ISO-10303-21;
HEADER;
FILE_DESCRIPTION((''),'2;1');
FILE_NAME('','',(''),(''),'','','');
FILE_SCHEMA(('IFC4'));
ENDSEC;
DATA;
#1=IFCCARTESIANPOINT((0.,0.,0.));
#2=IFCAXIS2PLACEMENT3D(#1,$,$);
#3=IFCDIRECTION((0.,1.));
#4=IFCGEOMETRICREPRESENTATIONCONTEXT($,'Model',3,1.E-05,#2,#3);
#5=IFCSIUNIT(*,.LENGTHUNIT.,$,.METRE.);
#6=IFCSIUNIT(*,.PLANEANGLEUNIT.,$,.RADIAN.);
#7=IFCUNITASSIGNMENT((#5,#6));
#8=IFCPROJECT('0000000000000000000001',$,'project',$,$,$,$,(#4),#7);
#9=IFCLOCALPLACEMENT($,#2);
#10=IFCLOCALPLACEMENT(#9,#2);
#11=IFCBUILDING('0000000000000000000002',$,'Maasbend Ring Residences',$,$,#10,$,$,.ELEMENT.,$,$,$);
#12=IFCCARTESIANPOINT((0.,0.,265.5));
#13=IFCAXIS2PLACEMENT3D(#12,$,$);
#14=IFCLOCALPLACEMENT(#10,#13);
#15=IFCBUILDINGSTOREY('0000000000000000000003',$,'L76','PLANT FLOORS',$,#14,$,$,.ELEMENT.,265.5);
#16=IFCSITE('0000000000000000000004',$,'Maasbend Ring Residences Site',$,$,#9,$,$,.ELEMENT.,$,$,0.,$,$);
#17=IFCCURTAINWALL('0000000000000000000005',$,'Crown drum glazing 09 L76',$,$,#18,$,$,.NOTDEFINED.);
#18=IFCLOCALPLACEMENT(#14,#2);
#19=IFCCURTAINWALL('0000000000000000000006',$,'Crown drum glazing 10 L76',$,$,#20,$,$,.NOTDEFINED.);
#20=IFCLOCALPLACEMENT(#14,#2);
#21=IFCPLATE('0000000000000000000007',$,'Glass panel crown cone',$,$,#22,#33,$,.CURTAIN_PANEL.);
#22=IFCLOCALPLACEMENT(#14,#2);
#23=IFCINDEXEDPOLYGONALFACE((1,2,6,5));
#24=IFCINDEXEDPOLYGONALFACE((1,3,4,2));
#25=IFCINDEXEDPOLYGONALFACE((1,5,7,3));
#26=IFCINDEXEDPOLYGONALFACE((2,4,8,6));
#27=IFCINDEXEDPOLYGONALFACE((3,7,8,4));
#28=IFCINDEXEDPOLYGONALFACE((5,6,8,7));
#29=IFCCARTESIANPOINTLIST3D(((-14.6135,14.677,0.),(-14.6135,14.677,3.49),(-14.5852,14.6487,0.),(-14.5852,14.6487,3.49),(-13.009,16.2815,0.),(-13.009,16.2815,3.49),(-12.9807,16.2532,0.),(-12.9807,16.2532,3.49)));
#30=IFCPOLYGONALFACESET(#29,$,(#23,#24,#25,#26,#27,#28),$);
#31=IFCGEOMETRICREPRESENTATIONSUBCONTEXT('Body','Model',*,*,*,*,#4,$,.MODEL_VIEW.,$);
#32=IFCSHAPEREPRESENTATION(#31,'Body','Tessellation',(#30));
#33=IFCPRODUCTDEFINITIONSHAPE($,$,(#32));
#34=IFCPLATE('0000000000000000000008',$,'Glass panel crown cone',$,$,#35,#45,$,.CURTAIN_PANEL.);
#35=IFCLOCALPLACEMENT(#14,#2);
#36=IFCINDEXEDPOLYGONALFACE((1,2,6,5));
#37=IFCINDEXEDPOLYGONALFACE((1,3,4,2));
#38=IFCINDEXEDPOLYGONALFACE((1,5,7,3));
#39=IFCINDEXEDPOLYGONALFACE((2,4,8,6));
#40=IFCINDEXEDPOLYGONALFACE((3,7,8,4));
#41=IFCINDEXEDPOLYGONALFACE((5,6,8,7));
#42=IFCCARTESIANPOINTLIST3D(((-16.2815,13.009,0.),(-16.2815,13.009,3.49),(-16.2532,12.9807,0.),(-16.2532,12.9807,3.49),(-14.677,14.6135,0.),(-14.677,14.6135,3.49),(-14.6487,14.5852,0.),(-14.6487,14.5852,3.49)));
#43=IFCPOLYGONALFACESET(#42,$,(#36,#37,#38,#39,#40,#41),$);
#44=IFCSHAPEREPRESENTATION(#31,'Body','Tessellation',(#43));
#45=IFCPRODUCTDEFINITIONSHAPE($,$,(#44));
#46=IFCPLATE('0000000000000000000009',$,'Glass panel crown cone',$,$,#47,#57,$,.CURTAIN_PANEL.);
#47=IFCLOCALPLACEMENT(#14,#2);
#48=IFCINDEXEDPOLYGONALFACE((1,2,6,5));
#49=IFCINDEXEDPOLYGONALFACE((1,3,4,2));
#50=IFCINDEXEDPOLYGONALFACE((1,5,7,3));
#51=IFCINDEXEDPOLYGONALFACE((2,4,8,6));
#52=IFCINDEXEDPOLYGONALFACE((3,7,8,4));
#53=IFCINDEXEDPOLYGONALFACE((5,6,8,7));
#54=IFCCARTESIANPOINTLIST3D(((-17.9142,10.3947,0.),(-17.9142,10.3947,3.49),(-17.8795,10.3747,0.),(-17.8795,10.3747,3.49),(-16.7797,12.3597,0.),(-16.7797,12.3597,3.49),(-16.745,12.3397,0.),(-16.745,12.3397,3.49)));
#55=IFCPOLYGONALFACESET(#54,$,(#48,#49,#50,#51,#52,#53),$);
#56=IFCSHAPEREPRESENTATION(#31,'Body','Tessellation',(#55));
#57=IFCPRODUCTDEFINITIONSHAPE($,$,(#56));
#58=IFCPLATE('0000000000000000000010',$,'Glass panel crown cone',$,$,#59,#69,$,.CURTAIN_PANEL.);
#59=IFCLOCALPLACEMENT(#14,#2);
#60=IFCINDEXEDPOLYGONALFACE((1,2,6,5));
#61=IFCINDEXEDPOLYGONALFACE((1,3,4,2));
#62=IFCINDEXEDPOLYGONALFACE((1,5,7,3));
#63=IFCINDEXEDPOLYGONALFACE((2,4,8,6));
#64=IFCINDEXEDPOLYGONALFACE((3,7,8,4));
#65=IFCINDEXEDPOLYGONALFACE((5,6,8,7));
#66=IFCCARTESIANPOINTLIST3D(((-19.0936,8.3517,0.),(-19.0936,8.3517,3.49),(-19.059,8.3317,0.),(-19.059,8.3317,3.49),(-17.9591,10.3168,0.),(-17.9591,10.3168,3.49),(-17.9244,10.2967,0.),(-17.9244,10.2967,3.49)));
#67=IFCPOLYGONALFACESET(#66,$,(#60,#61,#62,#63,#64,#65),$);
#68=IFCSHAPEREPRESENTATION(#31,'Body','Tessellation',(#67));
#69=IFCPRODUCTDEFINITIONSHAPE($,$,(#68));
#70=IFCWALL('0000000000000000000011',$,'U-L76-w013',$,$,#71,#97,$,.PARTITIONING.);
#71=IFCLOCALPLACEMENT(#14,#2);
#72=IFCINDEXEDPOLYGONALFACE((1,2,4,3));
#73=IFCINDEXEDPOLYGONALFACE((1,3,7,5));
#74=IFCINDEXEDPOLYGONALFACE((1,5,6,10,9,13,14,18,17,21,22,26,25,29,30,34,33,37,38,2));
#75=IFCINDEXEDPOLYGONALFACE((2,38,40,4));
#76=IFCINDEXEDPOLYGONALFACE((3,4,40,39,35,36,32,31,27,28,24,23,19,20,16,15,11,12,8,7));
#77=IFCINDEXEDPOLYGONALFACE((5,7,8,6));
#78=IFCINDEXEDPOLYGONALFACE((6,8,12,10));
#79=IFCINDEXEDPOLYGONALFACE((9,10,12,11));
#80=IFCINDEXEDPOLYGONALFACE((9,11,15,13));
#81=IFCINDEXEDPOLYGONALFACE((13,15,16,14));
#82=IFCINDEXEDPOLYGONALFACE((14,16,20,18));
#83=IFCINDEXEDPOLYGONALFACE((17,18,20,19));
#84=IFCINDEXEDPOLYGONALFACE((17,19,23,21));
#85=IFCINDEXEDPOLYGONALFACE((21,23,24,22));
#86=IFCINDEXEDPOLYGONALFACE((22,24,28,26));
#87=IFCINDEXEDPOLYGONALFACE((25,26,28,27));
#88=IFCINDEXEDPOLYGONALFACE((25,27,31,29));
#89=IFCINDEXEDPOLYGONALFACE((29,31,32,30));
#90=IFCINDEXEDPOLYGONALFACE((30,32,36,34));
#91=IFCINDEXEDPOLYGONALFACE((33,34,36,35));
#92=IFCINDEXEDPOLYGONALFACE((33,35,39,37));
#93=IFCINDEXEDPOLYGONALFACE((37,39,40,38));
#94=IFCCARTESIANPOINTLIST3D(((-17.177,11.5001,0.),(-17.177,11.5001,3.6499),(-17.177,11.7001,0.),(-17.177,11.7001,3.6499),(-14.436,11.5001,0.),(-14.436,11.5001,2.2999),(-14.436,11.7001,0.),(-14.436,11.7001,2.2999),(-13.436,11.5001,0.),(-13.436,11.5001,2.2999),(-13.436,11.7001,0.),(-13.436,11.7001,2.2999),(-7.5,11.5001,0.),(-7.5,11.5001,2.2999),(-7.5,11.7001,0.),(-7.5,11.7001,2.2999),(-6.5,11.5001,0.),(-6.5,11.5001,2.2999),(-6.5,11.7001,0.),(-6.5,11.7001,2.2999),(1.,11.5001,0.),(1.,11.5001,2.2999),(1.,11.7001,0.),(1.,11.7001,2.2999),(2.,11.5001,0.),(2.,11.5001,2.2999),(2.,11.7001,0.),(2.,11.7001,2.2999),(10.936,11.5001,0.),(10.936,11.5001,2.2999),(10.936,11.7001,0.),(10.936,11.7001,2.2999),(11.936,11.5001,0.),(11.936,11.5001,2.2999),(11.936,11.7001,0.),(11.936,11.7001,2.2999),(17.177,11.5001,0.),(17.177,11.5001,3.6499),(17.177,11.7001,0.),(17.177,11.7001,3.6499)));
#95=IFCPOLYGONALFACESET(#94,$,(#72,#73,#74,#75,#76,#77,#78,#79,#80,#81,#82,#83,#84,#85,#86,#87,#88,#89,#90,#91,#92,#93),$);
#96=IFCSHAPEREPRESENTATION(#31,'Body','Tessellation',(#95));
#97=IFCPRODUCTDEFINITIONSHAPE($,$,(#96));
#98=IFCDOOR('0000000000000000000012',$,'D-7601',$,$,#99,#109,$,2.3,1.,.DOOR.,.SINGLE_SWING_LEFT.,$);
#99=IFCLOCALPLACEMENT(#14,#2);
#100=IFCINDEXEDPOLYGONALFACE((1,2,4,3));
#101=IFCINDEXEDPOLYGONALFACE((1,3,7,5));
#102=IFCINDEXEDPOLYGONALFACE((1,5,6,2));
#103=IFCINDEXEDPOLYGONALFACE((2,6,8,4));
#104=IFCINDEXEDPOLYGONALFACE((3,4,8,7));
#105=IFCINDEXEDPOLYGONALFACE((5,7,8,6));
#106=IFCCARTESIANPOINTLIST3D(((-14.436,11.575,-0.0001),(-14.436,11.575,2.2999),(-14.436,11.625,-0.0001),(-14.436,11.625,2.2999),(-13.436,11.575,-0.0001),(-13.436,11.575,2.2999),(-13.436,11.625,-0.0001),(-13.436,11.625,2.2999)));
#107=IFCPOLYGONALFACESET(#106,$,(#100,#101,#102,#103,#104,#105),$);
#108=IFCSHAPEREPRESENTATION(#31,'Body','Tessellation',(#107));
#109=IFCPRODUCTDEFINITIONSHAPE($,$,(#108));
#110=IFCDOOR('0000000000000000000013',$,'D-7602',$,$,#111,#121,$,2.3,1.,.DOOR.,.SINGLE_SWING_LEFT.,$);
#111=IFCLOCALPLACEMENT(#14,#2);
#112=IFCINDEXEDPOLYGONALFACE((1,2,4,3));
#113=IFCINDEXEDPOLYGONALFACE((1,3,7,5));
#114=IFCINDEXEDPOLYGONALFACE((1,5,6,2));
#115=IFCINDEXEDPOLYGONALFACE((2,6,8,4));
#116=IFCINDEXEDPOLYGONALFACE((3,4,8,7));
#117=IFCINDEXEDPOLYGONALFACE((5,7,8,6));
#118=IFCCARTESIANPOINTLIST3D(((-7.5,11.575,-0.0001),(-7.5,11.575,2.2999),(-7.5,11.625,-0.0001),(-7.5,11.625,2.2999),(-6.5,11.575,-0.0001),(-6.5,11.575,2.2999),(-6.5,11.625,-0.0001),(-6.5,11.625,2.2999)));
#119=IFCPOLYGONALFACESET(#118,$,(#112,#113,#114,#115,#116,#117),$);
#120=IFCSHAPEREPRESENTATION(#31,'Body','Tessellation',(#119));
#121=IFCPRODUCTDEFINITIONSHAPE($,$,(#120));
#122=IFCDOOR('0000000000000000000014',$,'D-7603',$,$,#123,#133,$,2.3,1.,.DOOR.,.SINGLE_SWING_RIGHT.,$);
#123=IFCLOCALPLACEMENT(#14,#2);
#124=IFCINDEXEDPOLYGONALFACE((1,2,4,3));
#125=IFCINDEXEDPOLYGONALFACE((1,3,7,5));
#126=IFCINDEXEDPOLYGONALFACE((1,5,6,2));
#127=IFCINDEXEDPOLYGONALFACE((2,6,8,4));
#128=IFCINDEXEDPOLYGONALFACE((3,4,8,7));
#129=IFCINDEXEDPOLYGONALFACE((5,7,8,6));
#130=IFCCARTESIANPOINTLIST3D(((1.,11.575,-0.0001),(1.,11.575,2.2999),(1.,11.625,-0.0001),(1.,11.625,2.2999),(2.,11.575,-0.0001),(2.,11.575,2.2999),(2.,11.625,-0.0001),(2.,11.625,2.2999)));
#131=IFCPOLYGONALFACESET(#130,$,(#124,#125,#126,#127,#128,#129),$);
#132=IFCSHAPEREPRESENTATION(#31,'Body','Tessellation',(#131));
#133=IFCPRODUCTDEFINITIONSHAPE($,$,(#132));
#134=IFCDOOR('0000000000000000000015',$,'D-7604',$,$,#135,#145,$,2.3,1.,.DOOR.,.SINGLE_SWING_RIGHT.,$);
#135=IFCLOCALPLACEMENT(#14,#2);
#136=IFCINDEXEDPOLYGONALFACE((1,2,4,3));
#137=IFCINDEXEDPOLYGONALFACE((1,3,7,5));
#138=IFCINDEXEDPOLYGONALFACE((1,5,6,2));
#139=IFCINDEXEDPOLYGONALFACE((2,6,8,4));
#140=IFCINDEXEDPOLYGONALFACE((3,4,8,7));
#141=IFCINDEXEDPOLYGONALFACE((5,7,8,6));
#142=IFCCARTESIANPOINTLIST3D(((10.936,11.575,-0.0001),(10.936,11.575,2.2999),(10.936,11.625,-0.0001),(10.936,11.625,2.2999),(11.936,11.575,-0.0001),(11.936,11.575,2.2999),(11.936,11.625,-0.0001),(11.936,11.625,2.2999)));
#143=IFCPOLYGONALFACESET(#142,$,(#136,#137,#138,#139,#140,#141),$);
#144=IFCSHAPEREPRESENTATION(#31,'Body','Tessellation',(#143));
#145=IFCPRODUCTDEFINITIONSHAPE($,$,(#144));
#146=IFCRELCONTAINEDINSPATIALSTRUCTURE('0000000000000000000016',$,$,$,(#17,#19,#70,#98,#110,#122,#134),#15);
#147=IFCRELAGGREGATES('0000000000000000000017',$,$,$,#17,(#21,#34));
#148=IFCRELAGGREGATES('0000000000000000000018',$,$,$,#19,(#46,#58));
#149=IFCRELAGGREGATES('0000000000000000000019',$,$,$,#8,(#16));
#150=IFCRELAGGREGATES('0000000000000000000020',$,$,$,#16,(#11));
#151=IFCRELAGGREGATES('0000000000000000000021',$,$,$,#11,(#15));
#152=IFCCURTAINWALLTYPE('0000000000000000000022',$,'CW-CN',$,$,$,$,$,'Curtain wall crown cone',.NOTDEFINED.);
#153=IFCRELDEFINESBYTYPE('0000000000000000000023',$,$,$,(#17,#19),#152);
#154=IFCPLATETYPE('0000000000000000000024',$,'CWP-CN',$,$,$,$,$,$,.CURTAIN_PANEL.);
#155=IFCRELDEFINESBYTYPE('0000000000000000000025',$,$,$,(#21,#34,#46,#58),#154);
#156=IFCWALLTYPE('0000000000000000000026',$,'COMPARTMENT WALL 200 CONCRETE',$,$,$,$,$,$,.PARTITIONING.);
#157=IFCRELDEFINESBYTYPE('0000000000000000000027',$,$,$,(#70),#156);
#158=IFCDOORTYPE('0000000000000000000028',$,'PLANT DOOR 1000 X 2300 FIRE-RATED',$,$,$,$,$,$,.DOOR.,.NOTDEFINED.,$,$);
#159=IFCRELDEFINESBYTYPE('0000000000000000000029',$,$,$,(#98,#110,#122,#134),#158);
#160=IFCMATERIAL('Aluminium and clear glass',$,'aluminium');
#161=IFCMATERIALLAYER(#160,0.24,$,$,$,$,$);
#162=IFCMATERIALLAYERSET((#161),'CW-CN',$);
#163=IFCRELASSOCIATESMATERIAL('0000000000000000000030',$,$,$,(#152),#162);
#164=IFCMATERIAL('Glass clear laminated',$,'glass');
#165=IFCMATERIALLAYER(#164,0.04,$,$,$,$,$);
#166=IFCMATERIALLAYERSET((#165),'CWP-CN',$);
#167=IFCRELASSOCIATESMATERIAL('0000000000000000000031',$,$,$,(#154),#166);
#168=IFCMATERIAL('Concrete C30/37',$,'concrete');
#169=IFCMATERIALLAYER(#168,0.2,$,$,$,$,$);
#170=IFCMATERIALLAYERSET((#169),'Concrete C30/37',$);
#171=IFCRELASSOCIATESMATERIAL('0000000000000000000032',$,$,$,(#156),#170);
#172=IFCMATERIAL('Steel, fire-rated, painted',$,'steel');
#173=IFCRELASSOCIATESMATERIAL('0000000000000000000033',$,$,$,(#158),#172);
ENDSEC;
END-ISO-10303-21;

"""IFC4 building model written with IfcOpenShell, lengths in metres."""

from ifc_helpers import new_model, si_unit, direction, frame, frame_2d, origin, origin_2d, place, context, subcontext, project, spatial, rectangle, extrude, material, layer, layer_set, type_object, element, fill, aggregate, save


model = new_model("IFC4")

# Units and contexts
model_context = context("Model", 3, precision=1e-05, world=origin(), true_north=direction((0.0, 1.0)))
body_context = subcontext(model_context, "Body", "Model", "MODEL_VIEW")
ifc_project = project(units=[si_unit("LENGTHUNIT", "METRE"), si_unit("PLANEANGLEUNIT", "RADIAN")], contexts=[model_context])

# Site, building, storey
site_placement = place(None, origin())
site = spatial("IfcSite", under=ifc_project, at=site_placement, Name="Maasbend Ring Residences Site", CompositionType="ELEMENT", RefElevation=0.0)
building_placement = place(site_placement, origin())
building = spatial("IfcBuilding", under=site, at=building_placement, Name="Maasbend Ring Residences", CompositionType="ELEMENT")
storey_placement = place(building_placement, frame((0.0, 0.0, 265.5)))
storey = spatial("IfcBuildingStorey", under=building, at=storey_placement, Name="L76", Description="PLANT FLOORS", CompositionType="ELEMENT", Elevation=265.5)

# Shared definitions
ifc_material_1 = material(Name="Aluminium and clear glass", Category="aluminium")
ifc_layer_1 = layer(ifc_material_1, 0.24)
ifc_layer_set_1 = layer_set([ifc_layer_1], Name="CW-CN")
curtain_wall_type = type_object("IfcCurtainWallType", Name="CW-CN", ElementType="Curtain wall crown cone", PredefinedType="NOTDEFINED", material=ifc_layer_set_1)

# Curtain walls
curtain_wall_1_placement = place(storey_placement, origin())
curtain_wall_1 = element("IfcCurtainWall", 1, at=curtain_wall_1_placement, inside=storey, type_object=curtain_wall_type, Name="Crown drum glazing 09 L76", PredefinedType="NOTDEFINED")
curtain_wall_2_placement = place(storey_placement, origin())
curtain_wall_2 = element("IfcCurtainWall", 2, at=curtain_wall_2_placement, inside=storey, type_object=curtain_wall_type, Name="Crown drum glazing 10 L76", PredefinedType="NOTDEFINED")

# Plates
ifc_material_2 = material(Name="Glass clear laminated", Category="glass")
ifc_layer_2 = layer(ifc_material_2, 0.04)
ifc_layer_set_2 = layer_set([ifc_layer_2], Name="CWP-CN")
plate_type = type_object("IfcPlateType", Name="CWP-CN", PredefinedType="CURTAIN_PANEL", material=ifc_layer_set_2)
plate_1_placement = place(storey_placement, frame((-13.7971, 15.4651, 0.0), z_axis=(0.0, 0.0, 1.0), x_axis=(-0.707107, -0.707107, 0.0)))
plate_1 = element("IfcPlate", 3, at=plate_1_placement, type_object=plate_type, Name="Glass panel crown cone", PredefinedType="CURTAIN_PANEL", context=body_context, shape_type="SweptSolid", body=[
    extrude(rectangle(XDim=2.269, YDim=0.04, at=origin_2d()), origin(), (0.0, 0.0, 1.0), 3.49),
])
plate_2_placement = place(storey_placement, frame((-15.4651, 13.7971, 0.0), z_axis=(0.0, 0.0, 1.0), x_axis=(-0.707107, -0.707107, 0.0)))
plate_2 = element("IfcPlate", 4, at=plate_2_placement, type_object=plate_type, Name="Glass panel crown cone", PredefinedType="CURTAIN_PANEL", context=body_context, shape_type="SweptSolid", body=[
    extrude(rectangle(XDim=2.269, YDim=0.04, at=origin_2d()), origin(), (0.0, 0.0, 1.0), 3.49),
])
aggregate(curtain_wall_1, [plate_1, plate_2])
plate_3_placement = place(storey_placement, frame((-17.3296, 11.3672, 0.0), z_axis=(0.0, 0.0, 1.0), x_axis=(-0.5, -0.866025, 0.0)))
plate_3 = element("IfcPlate", 5, at=plate_3_placement, type_object=plate_type, Name="Glass panel crown cone", PredefinedType="CURTAIN_PANEL", context=body_context, shape_type="SweptSolid", body=[
    extrude(rectangle(XDim=2.269, YDim=0.04, at=origin_2d()), origin(), (0.0, 0.0, 1.0), 3.49),
])
plate_4_placement = place(storey_placement, frame((-18.509, 9.3242, 0.0), z_axis=(0.0, 0.0, 1.0), x_axis=(-0.5, -0.866025, 0.0)))
plate_4 = element("IfcPlate", 6, at=plate_4_placement, type_object=plate_type, Name="Glass panel crown cone", PredefinedType="CURTAIN_PANEL", context=body_context, shape_type="SweptSolid", body=[
    extrude(rectangle(XDim=2.269, YDim=0.04, at=origin_2d()), origin(), (0.0, 0.0, 1.0), 3.49),
])
aggregate(curtain_wall_2, [plate_3, plate_4])

# Wall, openings, doors
ifc_material_3 = material(Name="Concrete C30/37", Category="concrete")
ifc_layer_3 = layer(ifc_material_3, 0.2)
ifc_layer_set_3 = layer_set([ifc_layer_3], Name="Concrete C30/37")
wall_type = type_object("IfcWallType", Name="COMPARTMENT WALL 200 CONCRETE", PredefinedType="PARTITIONING", material=ifc_layer_set_3)
wall_placement = place(storey_placement, frame((-17.177, 11.6001, 0.0), z_axis=(0.0, 0.0, 1.0), x_axis=(1.0, 0.0, 0.0)))
wall = element("IfcWall", 7, at=wall_placement, inside=storey, type_object=wall_type, Name="U-L76-w013", PredefinedType="PARTITIONING", context=body_context, shape_type="SweptSolid", body=[
    extrude(rectangle(XDim=34.354, YDim=0.2, at=frame_2d((17.177, 0.0))), origin(), (0.0, 0.0, 1.0), 3.6499),
])
opening_1_placement = place(wall_placement, frame((2.741, 0.0, 0.0)))
opening_1 = element("IfcOpeningElement", 8, at=opening_1_placement, cuts=wall, PredefinedType="OPENING", context=body_context, shape_type="SweptSolid", body=[
    extrude(rectangle(XDim=1.0, YDim=2.3, at=frame_2d((0.5, 1.1499))), frame((0.0, 0.1099, 0.0), z_axis=(0.0, -1.0, 0.0), x_axis=(1.0, 0.0, 0.0)), (0.0, 0.0, 1.0), 0.22),
])
opening_2_placement = place(wall_placement, frame((9.677, 0.0, 0.0)))
opening_2 = element("IfcOpeningElement", 9, at=opening_2_placement, cuts=wall, PredefinedType="OPENING", context=body_context, shape_type="SweptSolid", body=[
    extrude(rectangle(XDim=1.0, YDim=2.3, at=frame_2d((0.5, 1.1499))), frame((0.0, 0.1099, 0.0), z_axis=(0.0, -1.0, 0.0), x_axis=(1.0, 0.0, 0.0)), (0.0, 0.0, 1.0), 0.22),
])
opening_3_placement = place(wall_placement, frame((18.177, 0.0, 0.0)))
opening_3 = element("IfcOpeningElement", 10, at=opening_3_placement, cuts=wall, PredefinedType="OPENING", context=body_context, shape_type="SweptSolid", body=[
    extrude(rectangle(XDim=1.0, YDim=2.3, at=frame_2d((0.5, 1.1499))), frame((0.0, 0.1099, 0.0), z_axis=(0.0, -1.0, 0.0), x_axis=(1.0, 0.0, 0.0)), (0.0, 0.0, 1.0), 0.22),
])
opening_4_placement = place(wall_placement, frame((28.113, 0.0, 0.0)))
opening_4 = element("IfcOpeningElement", 11, at=opening_4_placement, cuts=wall, PredefinedType="OPENING", context=body_context, shape_type="SweptSolid", body=[
    extrude(rectangle(XDim=1.0, YDim=2.3, at=frame_2d((0.5, 1.1499))), frame((0.0, 0.1099, 0.0), z_axis=(0.0, -1.0, 0.0), x_axis=(1.0, 0.0, 0.0)), (0.0, 0.0, 1.0), 0.22),
])
ifc_material_4 = material(Name="Steel, fire-rated, painted", Category="steel")
door_type = type_object("IfcDoorType", Name="PLANT DOOR 1000 X 2300 FIRE-RATED", OperationType="NOTDEFINED", PredefinedType="DOOR", material=ifc_material_4)
door_1_placement = place(opening_1_placement, origin())
door_1 = element("IfcDoor", 12, at=door_1_placement, inside=storey, type_object=door_type, Name="D-7601", OperationType="SINGLE_SWING_LEFT", OverallHeight=2.3, OverallWidth=1.0, PredefinedType="DOOR", context=body_context, shape_type="SweptSolid", body=[
    extrude(rectangle(XDim=1.0, YDim=2.3, at=frame_2d((0.5, 1.1499))), frame((0.0, 0.0249, 0.0), z_axis=(0.0, -1.0, 0.0), x_axis=(1.0, 0.0, 0.0)), (0.0, 0.0, 1.0), 0.05),
])
fill(opening_1, door_1)
door_2_placement = place(opening_2_placement, origin())
door_2 = element("IfcDoor", 13, at=door_2_placement, inside=storey, type_object=door_type, Name="D-7602", OperationType="SINGLE_SWING_LEFT", OverallHeight=2.3, OverallWidth=1.0, PredefinedType="DOOR", context=body_context, shape_type="SweptSolid", body=[
    extrude(rectangle(XDim=1.0, YDim=2.3, at=frame_2d((0.5, 1.1499))), frame((0.0, 0.0249, 0.0), z_axis=(0.0, -1.0, 0.0), x_axis=(1.0, 0.0, 0.0)), (0.0, 0.0, 1.0), 0.05),
])
fill(opening_2, door_2)
door_3_placement = place(opening_3_placement, origin())
door_3 = element("IfcDoor", 14, at=door_3_placement, inside=storey, type_object=door_type, Name="D-7603", OperationType="SINGLE_SWING_RIGHT", OverallHeight=2.3, OverallWidth=1.0, PredefinedType="DOOR", context=body_context, shape_type="SweptSolid", body=[
    extrude(rectangle(XDim=1.0, YDim=2.3, at=frame_2d((0.5, 1.1499))), frame((0.0, 0.0249, 0.0), z_axis=(0.0, -1.0, 0.0), x_axis=(1.0, 0.0, 0.0)), (0.0, 0.0, 1.0), 0.05),
])
fill(opening_3, door_3)
door_4_placement = place(opening_4_placement, origin())
door_4 = element("IfcDoor", 15, at=door_4_placement, inside=storey, type_object=door_type, Name="D-7604", OperationType="SINGLE_SWING_RIGHT", OverallHeight=2.3, OverallWidth=1.0, PredefinedType="DOOR", context=body_context, shape_type="SweptSolid", body=[
    extrude(rectangle(XDim=1.0, YDim=2.3, at=frame_2d((0.5, 1.1499))), frame((0.0, 0.0249, 0.0), z_axis=(0.0, -1.0, 0.0), x_axis=(1.0, 0.0, 0.0)), (0.0, 0.0, 1.0), 0.05),
])
fill(opening_4, door_4)

save(model, "model.ifc")
